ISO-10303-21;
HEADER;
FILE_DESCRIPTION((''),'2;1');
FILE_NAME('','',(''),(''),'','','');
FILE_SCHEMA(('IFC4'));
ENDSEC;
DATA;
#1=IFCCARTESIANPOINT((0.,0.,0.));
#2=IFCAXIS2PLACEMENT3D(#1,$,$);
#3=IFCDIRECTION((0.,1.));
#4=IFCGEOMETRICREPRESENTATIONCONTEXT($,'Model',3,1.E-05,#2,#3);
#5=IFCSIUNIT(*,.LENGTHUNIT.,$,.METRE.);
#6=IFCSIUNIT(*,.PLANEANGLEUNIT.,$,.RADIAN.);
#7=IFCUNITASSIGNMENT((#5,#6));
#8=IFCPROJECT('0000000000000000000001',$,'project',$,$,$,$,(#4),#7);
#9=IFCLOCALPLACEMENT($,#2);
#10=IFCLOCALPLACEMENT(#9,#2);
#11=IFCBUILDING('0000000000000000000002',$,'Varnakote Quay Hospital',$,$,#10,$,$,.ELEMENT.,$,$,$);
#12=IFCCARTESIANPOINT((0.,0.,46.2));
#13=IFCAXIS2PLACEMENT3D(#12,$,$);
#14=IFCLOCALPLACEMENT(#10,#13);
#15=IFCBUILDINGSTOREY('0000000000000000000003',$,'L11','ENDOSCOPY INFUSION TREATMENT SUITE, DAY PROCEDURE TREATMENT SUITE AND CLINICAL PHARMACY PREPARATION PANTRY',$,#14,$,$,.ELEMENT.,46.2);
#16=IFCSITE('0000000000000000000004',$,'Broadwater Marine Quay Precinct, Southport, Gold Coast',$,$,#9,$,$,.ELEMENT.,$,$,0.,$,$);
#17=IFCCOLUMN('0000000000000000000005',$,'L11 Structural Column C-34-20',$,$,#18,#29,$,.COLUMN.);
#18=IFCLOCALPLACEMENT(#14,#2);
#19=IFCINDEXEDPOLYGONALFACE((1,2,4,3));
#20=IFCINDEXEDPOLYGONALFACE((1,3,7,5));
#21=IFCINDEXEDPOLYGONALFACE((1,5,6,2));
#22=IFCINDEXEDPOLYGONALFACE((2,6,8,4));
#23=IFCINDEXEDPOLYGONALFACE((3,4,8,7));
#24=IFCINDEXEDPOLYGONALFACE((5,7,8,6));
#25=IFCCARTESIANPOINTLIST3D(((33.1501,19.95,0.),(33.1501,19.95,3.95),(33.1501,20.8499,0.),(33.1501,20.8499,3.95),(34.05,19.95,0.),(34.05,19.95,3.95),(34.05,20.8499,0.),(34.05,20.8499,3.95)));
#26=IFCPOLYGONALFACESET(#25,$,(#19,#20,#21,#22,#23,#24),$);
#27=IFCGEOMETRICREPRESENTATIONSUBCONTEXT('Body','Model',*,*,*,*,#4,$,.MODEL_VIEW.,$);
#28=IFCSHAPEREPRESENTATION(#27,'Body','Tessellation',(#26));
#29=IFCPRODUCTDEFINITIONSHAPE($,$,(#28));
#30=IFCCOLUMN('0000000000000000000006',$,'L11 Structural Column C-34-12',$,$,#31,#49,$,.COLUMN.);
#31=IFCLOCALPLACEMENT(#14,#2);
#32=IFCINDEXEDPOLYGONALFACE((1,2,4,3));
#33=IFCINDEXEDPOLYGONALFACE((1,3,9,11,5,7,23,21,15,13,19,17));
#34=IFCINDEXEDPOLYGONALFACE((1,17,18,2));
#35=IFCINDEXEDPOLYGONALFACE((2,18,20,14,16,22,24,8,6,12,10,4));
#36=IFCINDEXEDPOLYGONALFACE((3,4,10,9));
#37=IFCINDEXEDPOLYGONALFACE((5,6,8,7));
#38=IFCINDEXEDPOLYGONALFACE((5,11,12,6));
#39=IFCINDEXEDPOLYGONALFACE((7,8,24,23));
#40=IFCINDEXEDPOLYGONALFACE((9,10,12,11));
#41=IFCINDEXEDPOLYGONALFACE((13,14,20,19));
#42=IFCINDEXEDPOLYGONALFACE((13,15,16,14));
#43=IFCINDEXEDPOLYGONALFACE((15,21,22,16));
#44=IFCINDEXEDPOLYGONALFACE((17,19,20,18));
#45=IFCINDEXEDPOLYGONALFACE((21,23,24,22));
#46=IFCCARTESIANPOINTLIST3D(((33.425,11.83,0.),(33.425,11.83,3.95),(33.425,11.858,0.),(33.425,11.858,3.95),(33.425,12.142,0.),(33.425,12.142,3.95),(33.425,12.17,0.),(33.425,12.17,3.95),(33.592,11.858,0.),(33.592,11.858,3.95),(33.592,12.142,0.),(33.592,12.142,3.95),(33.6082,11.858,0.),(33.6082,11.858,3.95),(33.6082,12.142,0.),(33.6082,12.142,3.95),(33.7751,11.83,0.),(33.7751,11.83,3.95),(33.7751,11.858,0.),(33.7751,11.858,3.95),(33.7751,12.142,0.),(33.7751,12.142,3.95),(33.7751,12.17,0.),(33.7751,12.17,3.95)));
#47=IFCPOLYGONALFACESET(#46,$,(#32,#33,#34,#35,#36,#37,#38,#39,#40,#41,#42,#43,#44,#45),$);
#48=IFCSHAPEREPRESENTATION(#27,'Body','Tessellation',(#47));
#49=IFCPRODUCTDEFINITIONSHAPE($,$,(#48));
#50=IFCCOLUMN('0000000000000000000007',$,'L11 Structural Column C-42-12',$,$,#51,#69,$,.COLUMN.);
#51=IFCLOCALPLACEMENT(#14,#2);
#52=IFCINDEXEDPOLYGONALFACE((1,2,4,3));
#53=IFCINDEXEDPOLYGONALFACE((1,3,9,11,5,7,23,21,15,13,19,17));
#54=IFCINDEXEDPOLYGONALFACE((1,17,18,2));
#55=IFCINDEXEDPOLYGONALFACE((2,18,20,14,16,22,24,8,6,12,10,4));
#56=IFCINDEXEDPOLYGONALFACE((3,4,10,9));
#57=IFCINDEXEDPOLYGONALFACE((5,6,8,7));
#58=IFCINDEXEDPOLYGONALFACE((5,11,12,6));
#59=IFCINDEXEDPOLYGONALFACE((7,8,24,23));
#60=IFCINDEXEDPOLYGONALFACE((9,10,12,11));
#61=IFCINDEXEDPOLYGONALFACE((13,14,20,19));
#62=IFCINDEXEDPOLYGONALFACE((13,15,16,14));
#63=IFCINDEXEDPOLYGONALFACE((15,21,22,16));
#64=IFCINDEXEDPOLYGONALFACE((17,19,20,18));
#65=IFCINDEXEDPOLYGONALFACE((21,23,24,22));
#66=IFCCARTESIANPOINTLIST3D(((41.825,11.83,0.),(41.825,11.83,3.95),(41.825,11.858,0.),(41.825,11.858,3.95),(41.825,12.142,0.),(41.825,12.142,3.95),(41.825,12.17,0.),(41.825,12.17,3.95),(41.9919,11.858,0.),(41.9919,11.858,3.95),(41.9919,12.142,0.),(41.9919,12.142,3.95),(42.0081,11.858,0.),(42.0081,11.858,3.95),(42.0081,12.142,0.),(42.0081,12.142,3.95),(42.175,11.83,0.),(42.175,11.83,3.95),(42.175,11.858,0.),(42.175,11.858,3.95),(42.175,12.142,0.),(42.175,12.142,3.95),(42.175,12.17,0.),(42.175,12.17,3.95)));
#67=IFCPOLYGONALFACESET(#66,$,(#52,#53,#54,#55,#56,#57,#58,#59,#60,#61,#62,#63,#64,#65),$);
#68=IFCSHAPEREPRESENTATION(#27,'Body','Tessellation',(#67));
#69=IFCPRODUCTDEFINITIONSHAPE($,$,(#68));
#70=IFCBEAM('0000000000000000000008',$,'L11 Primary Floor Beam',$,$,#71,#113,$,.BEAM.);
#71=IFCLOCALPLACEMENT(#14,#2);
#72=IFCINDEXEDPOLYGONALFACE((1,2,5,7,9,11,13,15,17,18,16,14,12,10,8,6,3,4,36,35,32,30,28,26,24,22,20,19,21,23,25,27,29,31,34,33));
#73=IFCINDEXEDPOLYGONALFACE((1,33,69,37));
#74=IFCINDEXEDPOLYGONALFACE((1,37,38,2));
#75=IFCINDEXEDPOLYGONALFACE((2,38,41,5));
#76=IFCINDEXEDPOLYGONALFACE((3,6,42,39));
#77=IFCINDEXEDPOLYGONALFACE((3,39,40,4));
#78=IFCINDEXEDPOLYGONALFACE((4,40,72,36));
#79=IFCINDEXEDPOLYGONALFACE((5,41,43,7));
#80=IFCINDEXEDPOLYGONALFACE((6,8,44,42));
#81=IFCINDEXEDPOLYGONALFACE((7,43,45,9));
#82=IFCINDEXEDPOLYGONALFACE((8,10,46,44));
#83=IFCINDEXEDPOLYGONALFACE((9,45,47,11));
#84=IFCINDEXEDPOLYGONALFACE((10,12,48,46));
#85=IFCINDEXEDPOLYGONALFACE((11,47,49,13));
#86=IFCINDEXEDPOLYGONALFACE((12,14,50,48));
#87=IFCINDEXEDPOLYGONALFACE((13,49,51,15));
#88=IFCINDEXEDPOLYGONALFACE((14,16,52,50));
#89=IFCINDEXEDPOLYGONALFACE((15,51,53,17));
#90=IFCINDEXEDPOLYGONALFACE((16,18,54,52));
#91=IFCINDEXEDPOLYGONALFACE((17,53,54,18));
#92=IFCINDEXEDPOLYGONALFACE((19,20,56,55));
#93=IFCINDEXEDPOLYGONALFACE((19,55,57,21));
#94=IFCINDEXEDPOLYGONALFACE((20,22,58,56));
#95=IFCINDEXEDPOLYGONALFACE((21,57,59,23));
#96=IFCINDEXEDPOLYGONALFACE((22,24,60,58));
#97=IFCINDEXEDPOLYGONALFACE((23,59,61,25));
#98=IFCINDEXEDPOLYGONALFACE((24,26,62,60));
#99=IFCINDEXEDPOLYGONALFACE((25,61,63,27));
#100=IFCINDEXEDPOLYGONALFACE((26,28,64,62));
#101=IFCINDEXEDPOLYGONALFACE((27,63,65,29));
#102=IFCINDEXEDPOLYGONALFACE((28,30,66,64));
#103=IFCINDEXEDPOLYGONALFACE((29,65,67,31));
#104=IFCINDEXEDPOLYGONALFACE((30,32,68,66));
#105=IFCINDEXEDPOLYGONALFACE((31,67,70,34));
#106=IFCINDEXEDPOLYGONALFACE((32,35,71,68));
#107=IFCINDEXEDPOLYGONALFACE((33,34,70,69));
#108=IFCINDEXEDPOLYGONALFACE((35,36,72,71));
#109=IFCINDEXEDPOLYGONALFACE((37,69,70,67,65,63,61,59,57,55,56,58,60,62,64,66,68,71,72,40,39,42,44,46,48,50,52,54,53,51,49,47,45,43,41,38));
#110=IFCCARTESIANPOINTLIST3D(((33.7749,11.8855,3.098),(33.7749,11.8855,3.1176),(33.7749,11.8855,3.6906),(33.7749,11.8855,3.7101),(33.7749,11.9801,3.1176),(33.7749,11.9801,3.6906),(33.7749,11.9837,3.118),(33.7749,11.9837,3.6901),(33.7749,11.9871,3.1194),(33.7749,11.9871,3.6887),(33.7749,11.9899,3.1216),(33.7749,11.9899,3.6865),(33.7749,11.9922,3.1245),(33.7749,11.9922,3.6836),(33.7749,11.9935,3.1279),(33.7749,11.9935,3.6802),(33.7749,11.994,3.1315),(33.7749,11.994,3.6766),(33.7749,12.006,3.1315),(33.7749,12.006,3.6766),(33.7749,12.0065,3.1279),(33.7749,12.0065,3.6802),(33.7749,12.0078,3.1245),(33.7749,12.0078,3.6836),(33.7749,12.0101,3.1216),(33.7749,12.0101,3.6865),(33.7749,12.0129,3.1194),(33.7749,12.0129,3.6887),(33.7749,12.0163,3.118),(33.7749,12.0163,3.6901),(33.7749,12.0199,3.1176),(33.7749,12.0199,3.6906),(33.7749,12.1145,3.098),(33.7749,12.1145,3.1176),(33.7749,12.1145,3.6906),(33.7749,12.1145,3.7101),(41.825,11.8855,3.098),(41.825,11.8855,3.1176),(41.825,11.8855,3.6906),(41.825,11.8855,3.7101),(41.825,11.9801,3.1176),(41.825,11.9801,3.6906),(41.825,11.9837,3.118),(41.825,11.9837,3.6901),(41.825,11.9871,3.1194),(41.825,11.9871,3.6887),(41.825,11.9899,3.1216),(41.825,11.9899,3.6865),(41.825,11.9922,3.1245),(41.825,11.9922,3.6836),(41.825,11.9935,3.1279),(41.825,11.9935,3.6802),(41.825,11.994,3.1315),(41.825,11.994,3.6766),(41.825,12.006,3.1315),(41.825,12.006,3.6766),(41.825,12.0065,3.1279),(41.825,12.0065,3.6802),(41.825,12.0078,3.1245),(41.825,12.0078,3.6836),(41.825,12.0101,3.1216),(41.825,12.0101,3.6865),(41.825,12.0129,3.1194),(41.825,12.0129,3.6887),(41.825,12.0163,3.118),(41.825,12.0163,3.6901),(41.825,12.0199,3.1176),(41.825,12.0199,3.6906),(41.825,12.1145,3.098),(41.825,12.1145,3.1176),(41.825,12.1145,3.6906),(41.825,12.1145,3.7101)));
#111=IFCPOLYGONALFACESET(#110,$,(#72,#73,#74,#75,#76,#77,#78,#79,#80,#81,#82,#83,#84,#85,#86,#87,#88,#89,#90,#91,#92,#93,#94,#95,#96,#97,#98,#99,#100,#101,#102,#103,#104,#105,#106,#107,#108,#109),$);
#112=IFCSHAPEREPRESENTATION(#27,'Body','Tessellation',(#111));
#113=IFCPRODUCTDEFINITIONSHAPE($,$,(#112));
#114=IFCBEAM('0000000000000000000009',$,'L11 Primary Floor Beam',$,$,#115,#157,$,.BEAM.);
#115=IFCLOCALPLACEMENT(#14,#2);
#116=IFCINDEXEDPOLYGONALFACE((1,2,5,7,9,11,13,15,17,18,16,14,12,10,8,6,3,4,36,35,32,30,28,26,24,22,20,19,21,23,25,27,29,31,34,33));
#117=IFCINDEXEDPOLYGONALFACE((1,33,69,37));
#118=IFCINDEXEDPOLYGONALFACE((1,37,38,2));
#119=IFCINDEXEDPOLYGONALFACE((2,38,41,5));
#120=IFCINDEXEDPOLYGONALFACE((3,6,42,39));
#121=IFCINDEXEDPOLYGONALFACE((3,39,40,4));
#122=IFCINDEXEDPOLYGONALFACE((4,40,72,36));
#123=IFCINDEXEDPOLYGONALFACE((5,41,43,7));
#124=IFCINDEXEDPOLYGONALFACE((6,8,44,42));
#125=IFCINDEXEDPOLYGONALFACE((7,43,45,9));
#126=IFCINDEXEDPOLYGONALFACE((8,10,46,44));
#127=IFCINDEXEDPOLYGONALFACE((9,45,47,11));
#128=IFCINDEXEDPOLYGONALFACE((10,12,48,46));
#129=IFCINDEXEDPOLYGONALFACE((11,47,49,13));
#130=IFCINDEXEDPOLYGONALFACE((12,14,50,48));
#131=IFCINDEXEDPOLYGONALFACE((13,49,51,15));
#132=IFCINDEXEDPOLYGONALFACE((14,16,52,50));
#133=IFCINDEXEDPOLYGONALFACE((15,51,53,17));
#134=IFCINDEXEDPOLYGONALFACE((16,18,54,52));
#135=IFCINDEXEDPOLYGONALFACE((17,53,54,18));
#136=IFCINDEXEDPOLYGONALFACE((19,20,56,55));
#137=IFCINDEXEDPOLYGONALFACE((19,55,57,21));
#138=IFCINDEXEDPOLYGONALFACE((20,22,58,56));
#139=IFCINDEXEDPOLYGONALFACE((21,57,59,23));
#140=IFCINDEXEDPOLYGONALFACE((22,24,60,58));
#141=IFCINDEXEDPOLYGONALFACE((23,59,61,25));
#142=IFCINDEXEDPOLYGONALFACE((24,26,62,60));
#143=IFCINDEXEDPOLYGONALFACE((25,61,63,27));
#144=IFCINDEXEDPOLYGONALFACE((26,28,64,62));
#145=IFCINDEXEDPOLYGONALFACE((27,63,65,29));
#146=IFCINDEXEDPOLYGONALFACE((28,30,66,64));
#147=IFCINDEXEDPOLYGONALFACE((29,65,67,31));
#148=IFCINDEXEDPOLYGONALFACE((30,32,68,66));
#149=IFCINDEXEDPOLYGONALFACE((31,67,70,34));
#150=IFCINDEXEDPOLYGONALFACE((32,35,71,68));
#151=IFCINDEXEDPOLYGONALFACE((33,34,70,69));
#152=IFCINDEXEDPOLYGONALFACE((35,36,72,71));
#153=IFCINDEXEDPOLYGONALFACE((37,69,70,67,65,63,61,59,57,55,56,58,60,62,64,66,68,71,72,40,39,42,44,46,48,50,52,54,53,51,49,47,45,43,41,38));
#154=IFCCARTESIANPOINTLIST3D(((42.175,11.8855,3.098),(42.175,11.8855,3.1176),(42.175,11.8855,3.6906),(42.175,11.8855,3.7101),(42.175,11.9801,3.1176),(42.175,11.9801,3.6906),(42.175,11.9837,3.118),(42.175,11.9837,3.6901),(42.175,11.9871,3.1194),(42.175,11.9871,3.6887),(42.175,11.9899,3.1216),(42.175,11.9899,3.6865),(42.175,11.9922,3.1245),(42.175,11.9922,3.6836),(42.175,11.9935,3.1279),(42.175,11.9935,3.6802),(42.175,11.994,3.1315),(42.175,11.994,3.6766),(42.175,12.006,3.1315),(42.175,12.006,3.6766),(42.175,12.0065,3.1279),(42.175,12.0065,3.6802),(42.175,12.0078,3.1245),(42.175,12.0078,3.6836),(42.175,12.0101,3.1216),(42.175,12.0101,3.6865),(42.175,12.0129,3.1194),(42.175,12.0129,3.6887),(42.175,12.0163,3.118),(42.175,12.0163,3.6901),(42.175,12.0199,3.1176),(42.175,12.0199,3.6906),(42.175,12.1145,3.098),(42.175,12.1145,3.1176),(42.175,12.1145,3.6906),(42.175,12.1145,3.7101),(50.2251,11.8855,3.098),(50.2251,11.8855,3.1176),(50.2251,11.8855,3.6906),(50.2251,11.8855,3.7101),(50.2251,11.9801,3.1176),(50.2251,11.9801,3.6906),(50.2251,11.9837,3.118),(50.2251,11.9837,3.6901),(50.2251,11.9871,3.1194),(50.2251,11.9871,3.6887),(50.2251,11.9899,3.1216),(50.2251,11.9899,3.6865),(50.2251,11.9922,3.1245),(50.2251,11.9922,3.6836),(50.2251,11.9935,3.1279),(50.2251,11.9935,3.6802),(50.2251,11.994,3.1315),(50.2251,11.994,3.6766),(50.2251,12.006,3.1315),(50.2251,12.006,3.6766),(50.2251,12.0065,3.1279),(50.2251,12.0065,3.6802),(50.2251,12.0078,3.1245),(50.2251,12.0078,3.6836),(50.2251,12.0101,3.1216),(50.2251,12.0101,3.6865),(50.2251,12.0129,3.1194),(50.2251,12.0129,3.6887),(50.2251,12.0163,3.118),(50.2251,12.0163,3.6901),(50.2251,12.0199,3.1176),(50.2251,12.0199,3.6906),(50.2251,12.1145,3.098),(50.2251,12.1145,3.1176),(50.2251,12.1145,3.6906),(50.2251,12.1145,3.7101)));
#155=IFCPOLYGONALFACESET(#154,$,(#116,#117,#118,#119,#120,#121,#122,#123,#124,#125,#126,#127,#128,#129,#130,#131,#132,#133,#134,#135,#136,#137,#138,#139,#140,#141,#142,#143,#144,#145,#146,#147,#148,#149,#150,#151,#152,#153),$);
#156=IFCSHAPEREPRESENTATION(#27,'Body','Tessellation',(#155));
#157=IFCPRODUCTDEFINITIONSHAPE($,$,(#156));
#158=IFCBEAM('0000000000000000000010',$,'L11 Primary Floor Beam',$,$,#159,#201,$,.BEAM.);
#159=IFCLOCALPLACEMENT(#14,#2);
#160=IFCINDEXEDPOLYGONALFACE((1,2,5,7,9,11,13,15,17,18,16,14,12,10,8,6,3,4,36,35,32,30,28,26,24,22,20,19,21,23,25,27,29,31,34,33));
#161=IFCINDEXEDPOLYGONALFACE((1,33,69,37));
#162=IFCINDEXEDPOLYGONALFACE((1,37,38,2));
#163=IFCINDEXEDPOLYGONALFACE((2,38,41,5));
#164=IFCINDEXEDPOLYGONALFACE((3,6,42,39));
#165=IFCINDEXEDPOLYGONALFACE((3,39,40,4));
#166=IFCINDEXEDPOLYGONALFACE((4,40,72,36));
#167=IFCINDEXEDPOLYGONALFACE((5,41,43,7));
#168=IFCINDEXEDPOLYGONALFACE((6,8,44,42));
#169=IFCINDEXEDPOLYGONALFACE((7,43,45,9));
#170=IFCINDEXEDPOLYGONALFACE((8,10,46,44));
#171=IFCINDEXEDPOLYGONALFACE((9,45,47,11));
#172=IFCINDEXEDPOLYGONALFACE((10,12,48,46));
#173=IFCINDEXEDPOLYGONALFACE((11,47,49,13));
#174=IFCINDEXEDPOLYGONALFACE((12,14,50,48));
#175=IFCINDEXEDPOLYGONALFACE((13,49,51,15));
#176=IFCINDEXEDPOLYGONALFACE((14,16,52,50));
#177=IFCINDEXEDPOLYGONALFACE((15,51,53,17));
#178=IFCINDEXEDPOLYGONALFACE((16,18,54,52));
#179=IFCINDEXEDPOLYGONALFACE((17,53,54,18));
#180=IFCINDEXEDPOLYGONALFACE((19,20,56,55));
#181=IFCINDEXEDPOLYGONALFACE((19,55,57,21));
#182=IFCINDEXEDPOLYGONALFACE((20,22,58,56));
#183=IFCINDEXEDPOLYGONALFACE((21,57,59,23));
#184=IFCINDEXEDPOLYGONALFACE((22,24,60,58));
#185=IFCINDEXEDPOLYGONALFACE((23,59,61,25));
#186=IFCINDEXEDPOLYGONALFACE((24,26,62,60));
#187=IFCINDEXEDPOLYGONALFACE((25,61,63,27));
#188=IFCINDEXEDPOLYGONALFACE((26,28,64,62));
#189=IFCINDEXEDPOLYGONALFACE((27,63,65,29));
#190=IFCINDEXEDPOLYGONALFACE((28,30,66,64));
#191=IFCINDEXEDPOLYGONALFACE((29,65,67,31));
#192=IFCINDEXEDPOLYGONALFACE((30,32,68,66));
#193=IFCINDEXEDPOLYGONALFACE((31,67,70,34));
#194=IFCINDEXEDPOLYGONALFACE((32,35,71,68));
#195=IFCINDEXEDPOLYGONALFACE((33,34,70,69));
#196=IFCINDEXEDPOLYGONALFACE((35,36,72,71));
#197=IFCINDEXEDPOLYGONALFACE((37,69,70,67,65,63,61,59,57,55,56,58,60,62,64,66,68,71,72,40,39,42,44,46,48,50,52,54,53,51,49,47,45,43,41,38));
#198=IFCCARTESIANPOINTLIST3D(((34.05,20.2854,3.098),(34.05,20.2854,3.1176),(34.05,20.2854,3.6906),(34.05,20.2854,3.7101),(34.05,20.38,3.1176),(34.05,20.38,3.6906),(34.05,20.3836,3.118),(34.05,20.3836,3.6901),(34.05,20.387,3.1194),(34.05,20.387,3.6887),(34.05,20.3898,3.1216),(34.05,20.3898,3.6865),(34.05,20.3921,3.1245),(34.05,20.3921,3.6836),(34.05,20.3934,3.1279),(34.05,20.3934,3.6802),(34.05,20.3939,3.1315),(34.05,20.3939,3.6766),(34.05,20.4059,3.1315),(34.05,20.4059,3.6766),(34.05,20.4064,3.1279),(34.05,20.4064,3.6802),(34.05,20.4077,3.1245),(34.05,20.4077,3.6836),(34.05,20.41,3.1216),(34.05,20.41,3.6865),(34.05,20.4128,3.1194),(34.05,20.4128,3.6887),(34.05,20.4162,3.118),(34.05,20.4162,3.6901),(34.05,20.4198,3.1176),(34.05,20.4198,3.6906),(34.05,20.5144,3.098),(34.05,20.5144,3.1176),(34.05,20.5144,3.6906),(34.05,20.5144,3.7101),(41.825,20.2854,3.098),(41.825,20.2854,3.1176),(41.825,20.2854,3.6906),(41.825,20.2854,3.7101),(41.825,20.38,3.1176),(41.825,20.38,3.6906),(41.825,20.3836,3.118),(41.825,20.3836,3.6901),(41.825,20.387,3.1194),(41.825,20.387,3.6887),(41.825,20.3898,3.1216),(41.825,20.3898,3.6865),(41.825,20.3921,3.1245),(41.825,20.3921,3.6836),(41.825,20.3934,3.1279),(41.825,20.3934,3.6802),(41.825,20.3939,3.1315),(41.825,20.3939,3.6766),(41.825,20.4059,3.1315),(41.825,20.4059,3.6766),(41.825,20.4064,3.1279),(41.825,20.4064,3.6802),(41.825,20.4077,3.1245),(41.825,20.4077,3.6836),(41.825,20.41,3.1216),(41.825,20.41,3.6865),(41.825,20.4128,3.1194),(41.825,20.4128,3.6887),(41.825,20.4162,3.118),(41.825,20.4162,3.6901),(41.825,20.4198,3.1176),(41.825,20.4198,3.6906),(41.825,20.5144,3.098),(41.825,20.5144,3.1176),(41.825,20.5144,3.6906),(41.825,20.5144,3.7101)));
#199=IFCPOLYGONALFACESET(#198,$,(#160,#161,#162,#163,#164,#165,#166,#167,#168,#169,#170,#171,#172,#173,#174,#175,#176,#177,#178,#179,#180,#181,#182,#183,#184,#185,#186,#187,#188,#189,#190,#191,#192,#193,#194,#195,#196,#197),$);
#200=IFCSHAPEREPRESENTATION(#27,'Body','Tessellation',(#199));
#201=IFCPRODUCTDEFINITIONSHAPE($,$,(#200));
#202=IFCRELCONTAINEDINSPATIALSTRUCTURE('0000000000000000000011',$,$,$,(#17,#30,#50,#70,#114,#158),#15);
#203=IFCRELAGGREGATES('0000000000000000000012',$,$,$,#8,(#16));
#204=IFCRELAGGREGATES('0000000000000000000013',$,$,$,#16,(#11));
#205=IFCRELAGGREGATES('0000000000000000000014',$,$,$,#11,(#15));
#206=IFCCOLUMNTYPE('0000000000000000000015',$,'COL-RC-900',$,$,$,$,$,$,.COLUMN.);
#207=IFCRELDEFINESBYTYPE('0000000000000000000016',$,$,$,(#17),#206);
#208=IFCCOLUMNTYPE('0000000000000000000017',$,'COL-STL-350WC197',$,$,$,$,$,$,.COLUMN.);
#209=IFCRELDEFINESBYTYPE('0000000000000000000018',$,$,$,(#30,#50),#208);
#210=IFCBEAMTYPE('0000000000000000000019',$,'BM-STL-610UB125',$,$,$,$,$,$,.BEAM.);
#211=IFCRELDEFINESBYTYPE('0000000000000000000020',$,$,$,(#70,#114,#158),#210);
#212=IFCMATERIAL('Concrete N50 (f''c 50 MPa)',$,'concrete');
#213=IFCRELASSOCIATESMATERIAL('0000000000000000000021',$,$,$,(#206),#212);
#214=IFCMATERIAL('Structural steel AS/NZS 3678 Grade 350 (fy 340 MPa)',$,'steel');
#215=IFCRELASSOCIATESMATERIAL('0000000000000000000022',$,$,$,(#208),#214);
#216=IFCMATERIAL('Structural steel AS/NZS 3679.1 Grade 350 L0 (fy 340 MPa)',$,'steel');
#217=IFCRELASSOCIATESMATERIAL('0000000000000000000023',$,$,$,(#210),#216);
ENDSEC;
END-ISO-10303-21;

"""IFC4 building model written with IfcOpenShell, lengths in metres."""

from ifc_helpers import new_model, si_unit, direction, frame, origin, origin_2d, place, context, subcontext, project, spatial, rectangle, i_section, extrude, material, material_profile, profile_set, type_object, element, save


model = new_model("IFC4")

# Units and contexts
model_context = context("Model", 3, precision=1e-05, world=origin(), true_north=direction((0.0, 1.0)))
body_context = subcontext(model_context, "Body", "Model", "MODEL_VIEW")
ifc_project = project(units=[si_unit("LENGTHUNIT", "METRE"), si_unit("PLANEANGLEUNIT", "RADIAN")], contexts=[model_context])

# Site, building, storey
site_placement = place(None, origin())
site = spatial("IfcSite", under=ifc_project, at=site_placement, Name="Broadwater Marine Quay Precinct, Southport, Gold Coast", CompositionType="ELEMENT", RefElevation=0.0)
building_placement = place(site_placement, origin())
building = spatial("IfcBuilding", under=site, at=building_placement, Name="Varnakote Quay Hospital", CompositionType="ELEMENT")
storey_placement = place(building_placement, frame((0.0, 0.0, 46.2)))
storey = spatial("IfcBuildingStorey", under=building, at=storey_placement, Name="L11", Description="ENDOSCOPY INFUSION TREATMENT SUITE, DAY PROCEDURE TREATMENT SUITE AND CLINICAL PHARMACY PREPARATION PANTRY", CompositionType="ELEMENT", Elevation=46.2)

# Columns
ifc_material_1 = material(Name="Concrete N50 (f'c 50 MPa)", Category="concrete")
ifc_material_profile_1 = material_profile(ifc_material_1, rectangle(XDim=0.8999, YDim=0.8999, at=origin_2d()), Name="RC-COL-900x900")
ifc_profile_set_1 = profile_set([ifc_material_profile_1], Name="Concrete N50 (f'c 50 MPa)")
column_type_1 = type_object("IfcColumnType", Name="COL-RC-900", PredefinedType="COLUMN", material=ifc_profile_set_1)
column_placement = place(storey_placement, frame((33.6001, 20.3999, 0.0), z_axis=(0.0, 0.0, 1.0), x_axis=(1.0, 0.0, 0.0)))
element("IfcColumn", 1, at=column_placement, inside=storey, type_object=column_type_1, Name="L11 Structural Column C-34-20", PredefinedType="COLUMN", context=body_context, shape_type="SweptSolid", body=[
    extrude(rectangle(XDim=0.8999, YDim=0.8999, at=origin_2d()), origin(), (0.0, 0.0, 1.0), 3.95),
])
ifc_material_2 = material(Name="Structural steel AS/NZS 3678 Grade 350 (fy 340 MPa)", Category="steel")
ifc_material_profile_2 = material_profile(ifc_material_2, i_section(OverallWidth=0.3501, OverallDepth=0.3401, WebThickness=0.0161, FlangeThickness=0.0281, at=origin_2d()), Name="350WC197")
ifc_profile_set_2 = profile_set([ifc_material_profile_2], Name="Structural steel AS/NZS 3678 Grade 350 (fy 340 MPa)")
column_type_2 = type_object("IfcColumnType", Name="COL-STL-350WC197", PredefinedType="COLUMN", material=ifc_profile_set_2)
for number, where, z_axis, x_axis, name in (
    (2, (33.6001, 12.0, 0.0), (0.0, 0.0, 1.0), (1.0, 0.0, 0.0), "L11 Structural Column C-34-12"),
    (3, (42.0, 12.0, 0.0), (0.0, 0.0, 1.0), (1.0, 0.0, 0.0), "L11 Structural Column C-42-12"),
):
    element("IfcColumn", number, at=place(storey_placement, frame(where, z_axis=z_axis, x_axis=x_axis)), inside=storey, type_object=column_type_2, Name=name, PredefinedType="COLUMN", context=body_context, shape_type="SweptSolid", body=[
        extrude(i_section(OverallWidth=0.3501, OverallDepth=0.3401, WebThickness=0.0161, FlangeThickness=0.0281, at=origin_2d()), origin(), (0.0, 0.0, 1.0), 3.95),
    ])

# Beams
ifc_material_3 = material(Name="Structural steel AS/NZS 3679.1 Grade 350 L0 (fy 340 MPa)", Category="steel")
ifc_material_profile_3 = material_profile(ifc_material_3, i_section(OverallWidth=0.229, OverallDepth=0.6121, WebThickness=0.012, FlangeThickness=0.0195, FilletRadius=0.0139, at=origin_2d()), Name="610UB125")
ifc_profile_set_3 = profile_set([ifc_material_profile_3], Name="Structural steel AS/NZS 3679.1 Grade 350 L0 (fy 340 MPa)")
beam_type_1 = type_object("IfcBeamType", Name="BM-STL-610UB125", PredefinedType="BEAM", material=ifc_profile_set_3)
for number, where, z_axis, x_axis, name in (
    (4, (33.7749, 12.0, 3.4041), (1.0, 0.0, 0.0), (0.0, 1.0, 0.0), "L11 Primary Floor Beam"),
    (5, (42.175, 12.0, 3.4041), (1.0, 0.0, 0.0), (0.0, 1.0, 0.0), "L11 Primary Floor Beam"),
):
    element("IfcBeam", number, at=place(storey_placement, frame(where, z_axis=z_axis, x_axis=x_axis)), inside=storey, type_object=beam_type_1, Name=name, PredefinedType="BEAM", context=body_context, shape_type="SweptSolid", body=[
        extrude(i_section(OverallWidth=0.229, OverallDepth=0.6121, WebThickness=0.012, FlangeThickness=0.0195, FilletRadius=0.0139, at=origin_2d()), origin(), (0.0, 0.0, 1.0), 8.05),
    ])
beam_1_placement = place(storey_placement, frame((34.05, 20.3999, 3.4041), z_axis=(1.0, 0.0, 0.0), x_axis=(0.0, 1.0, 0.0)))
element("IfcBeam", 6, at=beam_1_placement, inside=storey, type_object=beam_type_1, Name="L11 Primary Floor Beam", PredefinedType="BEAM", context=body_context, shape_type="SweptSolid", body=[
    extrude(i_section(OverallWidth=0.229, OverallDepth=0.6121, WebThickness=0.012, FlangeThickness=0.0195, FilletRadius=0.0139, at=origin_2d()), origin(), (0.0, 0.0, 1.0), 7.7749),
])

save(model, "model.ifc")
